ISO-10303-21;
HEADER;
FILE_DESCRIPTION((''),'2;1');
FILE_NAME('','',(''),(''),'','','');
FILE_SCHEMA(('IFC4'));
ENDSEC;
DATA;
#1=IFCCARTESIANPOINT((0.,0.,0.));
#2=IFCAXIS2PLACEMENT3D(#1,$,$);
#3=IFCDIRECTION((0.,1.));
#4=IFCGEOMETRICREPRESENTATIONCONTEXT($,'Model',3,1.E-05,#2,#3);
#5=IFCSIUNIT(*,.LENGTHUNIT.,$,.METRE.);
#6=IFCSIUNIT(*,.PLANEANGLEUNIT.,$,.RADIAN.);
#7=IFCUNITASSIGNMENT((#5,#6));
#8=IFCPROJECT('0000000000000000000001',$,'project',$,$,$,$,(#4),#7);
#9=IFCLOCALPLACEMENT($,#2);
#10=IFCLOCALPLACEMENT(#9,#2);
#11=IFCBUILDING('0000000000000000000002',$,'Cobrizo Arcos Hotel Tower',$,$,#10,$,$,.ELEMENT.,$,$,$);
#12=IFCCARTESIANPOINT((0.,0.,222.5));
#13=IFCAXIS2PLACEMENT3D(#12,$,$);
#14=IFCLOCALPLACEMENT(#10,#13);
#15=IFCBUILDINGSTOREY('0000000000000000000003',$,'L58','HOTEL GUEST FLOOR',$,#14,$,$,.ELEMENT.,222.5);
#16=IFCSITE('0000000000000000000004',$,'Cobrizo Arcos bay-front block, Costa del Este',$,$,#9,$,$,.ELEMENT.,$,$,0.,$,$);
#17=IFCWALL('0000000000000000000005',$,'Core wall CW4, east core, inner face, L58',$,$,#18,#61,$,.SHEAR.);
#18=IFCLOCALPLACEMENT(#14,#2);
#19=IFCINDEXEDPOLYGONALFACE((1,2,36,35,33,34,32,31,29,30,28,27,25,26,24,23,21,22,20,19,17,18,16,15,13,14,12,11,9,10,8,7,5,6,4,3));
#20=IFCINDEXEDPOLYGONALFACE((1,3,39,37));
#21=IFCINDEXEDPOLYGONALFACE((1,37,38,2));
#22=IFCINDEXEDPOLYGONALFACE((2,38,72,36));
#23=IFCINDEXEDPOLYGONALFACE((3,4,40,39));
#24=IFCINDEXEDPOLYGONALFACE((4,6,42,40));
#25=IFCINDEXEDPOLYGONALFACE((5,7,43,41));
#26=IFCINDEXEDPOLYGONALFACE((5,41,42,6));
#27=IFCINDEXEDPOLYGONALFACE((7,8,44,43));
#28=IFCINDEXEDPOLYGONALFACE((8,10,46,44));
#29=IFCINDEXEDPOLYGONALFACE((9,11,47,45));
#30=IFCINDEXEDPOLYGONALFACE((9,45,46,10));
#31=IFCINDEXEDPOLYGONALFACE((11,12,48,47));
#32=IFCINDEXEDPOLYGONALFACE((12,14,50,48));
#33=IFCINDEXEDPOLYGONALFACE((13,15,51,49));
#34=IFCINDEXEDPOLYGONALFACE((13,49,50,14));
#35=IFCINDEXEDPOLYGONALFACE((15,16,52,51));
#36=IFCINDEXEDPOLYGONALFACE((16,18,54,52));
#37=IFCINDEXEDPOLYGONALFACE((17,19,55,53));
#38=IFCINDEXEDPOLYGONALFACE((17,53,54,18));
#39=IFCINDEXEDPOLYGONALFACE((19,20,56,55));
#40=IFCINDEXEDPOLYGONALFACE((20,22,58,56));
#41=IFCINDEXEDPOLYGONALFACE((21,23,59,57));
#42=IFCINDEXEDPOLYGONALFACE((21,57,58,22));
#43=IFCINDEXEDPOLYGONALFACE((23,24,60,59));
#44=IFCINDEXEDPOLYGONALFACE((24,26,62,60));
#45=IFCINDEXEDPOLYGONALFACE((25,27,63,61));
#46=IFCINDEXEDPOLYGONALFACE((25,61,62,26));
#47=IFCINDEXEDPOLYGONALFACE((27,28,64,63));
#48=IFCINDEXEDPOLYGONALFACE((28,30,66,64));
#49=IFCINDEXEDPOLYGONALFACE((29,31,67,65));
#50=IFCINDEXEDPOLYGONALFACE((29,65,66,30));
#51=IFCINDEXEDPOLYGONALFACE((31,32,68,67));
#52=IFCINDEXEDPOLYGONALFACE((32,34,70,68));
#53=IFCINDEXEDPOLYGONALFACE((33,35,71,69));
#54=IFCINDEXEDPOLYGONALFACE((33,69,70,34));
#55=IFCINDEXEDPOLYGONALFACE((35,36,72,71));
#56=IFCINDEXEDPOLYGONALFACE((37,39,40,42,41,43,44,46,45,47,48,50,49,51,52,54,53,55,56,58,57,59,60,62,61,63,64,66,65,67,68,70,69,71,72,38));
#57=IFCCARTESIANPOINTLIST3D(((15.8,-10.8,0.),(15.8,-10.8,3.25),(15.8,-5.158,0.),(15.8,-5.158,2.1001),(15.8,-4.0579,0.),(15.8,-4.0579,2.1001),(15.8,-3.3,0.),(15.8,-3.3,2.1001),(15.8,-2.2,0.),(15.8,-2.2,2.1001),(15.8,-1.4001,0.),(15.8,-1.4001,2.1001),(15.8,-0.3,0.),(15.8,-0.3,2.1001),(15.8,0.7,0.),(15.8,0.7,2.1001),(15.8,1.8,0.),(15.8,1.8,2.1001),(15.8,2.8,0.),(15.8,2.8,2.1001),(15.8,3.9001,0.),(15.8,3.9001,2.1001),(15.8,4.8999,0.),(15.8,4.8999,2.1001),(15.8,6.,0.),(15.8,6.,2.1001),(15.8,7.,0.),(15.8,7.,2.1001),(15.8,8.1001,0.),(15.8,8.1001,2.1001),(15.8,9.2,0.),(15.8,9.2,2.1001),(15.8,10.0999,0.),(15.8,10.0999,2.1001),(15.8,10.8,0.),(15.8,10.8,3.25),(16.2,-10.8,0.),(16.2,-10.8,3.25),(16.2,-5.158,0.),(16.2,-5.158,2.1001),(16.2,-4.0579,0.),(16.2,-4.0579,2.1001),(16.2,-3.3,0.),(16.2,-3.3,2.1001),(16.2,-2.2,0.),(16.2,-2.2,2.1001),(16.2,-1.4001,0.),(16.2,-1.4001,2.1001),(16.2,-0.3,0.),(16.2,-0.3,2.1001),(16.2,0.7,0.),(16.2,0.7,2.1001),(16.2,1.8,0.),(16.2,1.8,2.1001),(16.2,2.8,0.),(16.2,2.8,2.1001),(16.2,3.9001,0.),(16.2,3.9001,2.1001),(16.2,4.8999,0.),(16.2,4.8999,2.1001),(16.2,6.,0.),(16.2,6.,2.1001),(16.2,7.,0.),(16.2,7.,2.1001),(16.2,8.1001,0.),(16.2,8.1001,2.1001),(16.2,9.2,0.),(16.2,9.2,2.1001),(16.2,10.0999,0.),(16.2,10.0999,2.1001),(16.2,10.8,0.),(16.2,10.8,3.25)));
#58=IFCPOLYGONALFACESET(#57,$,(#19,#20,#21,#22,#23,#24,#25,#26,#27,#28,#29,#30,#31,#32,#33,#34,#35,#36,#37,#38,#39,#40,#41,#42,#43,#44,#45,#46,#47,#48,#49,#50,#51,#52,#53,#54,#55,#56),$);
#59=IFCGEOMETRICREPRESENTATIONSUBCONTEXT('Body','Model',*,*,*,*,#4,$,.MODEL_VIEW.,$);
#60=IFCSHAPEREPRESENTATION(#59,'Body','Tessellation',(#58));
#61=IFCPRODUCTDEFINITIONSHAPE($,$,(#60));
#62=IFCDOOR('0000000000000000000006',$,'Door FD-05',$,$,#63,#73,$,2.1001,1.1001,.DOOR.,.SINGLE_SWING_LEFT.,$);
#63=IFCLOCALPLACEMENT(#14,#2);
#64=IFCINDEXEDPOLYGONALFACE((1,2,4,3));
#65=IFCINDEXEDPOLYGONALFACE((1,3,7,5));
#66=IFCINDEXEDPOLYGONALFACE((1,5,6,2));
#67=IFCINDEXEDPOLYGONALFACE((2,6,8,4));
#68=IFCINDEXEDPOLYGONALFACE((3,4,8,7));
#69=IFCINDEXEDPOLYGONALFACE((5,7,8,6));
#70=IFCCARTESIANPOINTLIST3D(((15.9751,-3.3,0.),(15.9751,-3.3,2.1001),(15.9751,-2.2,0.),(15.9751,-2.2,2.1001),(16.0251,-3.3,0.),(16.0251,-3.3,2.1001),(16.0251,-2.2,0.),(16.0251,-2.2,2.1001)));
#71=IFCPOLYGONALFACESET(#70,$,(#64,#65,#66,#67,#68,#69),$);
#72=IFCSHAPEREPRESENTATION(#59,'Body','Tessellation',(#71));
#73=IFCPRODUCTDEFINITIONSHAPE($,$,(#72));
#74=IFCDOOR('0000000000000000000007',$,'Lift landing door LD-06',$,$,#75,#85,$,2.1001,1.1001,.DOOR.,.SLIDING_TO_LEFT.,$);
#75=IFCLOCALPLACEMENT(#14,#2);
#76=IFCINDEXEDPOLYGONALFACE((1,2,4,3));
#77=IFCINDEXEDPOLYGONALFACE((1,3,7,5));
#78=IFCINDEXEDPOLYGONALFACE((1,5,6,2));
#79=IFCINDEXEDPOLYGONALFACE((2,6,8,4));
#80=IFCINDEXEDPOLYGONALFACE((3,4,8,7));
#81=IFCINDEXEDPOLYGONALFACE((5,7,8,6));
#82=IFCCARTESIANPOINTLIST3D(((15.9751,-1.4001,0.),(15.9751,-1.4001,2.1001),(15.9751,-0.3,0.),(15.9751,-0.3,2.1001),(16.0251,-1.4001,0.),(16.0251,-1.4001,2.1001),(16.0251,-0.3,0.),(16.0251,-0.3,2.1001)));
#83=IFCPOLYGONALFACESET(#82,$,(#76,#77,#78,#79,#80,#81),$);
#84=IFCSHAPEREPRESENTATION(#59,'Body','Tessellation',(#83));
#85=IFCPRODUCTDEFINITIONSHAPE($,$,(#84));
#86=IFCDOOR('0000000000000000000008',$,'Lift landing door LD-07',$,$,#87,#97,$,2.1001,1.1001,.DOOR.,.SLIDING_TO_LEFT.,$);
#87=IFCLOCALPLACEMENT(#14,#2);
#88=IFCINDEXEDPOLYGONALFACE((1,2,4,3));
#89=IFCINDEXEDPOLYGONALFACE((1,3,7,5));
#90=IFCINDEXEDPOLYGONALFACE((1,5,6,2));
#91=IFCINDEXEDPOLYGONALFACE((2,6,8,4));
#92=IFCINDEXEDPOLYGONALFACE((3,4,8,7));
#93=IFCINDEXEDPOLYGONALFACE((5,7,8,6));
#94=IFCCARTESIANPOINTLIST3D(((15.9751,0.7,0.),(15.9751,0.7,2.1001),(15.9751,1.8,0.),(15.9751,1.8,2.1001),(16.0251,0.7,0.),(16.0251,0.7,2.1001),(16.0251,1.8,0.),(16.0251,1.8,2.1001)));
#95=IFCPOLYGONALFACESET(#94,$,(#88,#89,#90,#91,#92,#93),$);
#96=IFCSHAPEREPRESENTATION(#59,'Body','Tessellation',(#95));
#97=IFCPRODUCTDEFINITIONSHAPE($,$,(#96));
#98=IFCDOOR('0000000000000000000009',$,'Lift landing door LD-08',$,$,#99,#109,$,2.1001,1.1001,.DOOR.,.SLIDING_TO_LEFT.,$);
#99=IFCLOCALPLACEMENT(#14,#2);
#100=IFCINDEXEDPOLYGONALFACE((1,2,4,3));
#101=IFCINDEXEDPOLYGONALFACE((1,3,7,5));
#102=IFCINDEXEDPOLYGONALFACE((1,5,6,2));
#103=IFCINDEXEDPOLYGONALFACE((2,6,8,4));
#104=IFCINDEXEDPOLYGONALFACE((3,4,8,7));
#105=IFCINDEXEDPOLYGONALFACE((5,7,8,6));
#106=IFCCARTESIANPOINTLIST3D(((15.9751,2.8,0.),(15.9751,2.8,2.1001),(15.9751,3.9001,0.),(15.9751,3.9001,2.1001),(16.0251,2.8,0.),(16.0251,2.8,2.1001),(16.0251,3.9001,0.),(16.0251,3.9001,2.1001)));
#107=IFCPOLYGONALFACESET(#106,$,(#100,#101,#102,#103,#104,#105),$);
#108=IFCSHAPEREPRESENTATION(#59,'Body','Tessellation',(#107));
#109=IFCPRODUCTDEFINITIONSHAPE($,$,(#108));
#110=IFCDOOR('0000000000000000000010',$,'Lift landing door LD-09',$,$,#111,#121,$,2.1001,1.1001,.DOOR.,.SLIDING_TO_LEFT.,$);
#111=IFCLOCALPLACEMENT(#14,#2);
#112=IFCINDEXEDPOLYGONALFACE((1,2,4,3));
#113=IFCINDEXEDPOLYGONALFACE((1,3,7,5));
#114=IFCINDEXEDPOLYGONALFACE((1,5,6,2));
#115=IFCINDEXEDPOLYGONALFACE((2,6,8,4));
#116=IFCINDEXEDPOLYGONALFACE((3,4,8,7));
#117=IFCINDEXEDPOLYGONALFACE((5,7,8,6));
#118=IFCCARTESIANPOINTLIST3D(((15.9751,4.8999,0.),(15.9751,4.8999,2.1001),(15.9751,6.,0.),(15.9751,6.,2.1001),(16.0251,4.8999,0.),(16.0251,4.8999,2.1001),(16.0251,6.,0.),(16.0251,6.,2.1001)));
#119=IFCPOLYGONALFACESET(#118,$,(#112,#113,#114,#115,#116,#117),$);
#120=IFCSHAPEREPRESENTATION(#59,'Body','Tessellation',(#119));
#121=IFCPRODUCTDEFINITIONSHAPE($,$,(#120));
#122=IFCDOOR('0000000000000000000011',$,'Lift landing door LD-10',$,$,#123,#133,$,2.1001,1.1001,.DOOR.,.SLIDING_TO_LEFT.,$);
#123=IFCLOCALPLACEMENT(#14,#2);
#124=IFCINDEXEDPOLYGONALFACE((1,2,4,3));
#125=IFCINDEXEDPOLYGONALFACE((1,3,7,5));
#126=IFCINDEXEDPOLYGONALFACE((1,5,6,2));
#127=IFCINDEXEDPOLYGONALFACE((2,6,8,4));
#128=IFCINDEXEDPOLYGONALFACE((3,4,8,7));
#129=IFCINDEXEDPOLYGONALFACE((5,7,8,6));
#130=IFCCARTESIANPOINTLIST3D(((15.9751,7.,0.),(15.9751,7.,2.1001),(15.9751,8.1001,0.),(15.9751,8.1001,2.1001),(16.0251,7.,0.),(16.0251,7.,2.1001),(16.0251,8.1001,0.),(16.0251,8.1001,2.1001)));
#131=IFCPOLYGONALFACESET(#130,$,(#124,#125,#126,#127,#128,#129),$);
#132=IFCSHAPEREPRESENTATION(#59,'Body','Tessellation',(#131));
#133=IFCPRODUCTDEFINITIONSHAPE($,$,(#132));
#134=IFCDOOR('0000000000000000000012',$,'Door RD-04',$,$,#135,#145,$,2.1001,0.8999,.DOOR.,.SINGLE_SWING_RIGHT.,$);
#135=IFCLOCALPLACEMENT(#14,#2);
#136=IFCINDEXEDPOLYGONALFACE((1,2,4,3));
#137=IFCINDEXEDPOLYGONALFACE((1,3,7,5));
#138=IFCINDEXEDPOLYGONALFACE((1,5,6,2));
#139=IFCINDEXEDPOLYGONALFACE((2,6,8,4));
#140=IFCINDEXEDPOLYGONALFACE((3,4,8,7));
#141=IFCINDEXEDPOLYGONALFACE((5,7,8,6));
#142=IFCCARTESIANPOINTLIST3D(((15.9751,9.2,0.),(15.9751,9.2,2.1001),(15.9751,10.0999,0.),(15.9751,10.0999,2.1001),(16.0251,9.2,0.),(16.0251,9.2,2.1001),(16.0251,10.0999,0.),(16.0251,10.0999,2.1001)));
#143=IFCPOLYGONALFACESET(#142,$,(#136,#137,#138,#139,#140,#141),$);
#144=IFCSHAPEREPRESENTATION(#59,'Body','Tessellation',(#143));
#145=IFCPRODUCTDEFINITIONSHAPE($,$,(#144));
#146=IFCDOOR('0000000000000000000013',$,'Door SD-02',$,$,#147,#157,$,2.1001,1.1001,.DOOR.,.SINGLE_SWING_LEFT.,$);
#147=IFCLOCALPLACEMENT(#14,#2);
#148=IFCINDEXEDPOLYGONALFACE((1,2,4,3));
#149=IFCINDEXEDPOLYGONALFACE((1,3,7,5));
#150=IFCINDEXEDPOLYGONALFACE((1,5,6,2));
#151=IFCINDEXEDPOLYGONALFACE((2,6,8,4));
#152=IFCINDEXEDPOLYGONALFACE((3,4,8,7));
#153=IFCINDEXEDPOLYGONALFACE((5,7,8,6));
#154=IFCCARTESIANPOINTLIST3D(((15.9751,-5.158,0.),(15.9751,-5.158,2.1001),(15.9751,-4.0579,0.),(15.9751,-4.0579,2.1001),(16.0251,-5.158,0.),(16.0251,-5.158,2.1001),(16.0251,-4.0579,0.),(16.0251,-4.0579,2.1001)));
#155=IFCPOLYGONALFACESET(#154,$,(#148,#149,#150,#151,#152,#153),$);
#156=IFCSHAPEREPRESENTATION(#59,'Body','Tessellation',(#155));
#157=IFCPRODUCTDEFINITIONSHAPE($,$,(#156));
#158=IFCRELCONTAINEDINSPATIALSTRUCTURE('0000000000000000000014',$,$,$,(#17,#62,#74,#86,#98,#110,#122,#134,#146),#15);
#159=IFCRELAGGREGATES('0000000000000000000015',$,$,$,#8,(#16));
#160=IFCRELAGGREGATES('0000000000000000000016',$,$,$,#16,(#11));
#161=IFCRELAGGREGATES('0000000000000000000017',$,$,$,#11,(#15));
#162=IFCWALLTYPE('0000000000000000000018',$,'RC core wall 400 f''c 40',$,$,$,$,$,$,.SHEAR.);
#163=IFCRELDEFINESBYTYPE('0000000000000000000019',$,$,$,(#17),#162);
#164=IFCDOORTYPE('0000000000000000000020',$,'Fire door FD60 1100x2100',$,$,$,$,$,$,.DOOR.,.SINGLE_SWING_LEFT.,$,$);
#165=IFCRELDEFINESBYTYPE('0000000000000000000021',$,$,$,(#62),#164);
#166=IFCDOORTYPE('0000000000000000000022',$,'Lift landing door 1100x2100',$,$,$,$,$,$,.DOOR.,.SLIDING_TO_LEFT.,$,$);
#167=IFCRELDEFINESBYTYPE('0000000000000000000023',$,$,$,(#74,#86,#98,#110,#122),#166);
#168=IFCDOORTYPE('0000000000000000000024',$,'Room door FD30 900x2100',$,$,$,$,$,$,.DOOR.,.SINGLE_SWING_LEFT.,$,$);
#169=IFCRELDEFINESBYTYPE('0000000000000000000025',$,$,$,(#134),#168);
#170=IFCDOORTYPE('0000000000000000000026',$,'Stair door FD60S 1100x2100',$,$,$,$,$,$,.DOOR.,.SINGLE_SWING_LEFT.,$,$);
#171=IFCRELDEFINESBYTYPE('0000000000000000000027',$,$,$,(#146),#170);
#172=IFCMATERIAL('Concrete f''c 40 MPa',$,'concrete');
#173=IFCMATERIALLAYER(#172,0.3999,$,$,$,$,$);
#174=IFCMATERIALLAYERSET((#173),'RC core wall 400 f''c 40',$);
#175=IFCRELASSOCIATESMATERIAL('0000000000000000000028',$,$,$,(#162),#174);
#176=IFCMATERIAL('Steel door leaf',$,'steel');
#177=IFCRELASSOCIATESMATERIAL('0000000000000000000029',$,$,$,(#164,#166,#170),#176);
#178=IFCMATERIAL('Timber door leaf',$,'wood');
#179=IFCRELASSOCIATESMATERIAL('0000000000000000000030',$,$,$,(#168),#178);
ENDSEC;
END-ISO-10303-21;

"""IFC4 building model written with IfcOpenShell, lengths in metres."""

from ifc_helpers import new_model, si_unit, direction, frame, frame_2d, origin, place, context, subcontext, project, spatial, rectangle, extrude, material, layer, layer_set, type_object, element, fill, save


model = new_model("IFC4")

# Units and contexts
model_context = context("Model", 3, precision=1e-05, world=origin(), true_north=direction((0.0, 1.0)))
body_context = subcontext(model_context, "Body", "Model", "MODEL_VIEW")
ifc_project = project(units=[si_unit("LENGTHUNIT", "METRE"), si_unit("PLANEANGLEUNIT", "RADIAN")], contexts=[model_context])

# Site, building, storey
site_placement = place(None, origin())
site = spatial("IfcSite", under=ifc_project, at=site_placement, Name="Cobrizo Arcos bay-front block, Costa del Este", CompositionType="ELEMENT", RefElevation=0.0)
building_placement = place(site_placement, origin())
building = spatial("IfcBuilding", under=site, at=building_placement, Name="Cobrizo Arcos Hotel Tower", CompositionType="ELEMENT")
storey_placement = place(building_placement, frame((0.0, 0.0, 222.5)))
storey = spatial("IfcBuildingStorey", under=building, at=storey_placement, Name="L58", Description="HOTEL GUEST FLOOR", CompositionType="ELEMENT", Elevation=222.5)

# Wall, openings, doors
ifc_material_1 = material(Name="Concrete f'c 40 MPa", Category="concrete")
ifc_layer_1 = layer(ifc_material_1, 0.3999)
ifc_layer_set_1 = layer_set([ifc_layer_1], Name="RC core wall 400 f'c 40")
wall_type_1 = type_object("IfcWallType", Name="RC core wall 400 f'c 40", PredefinedType="SHEAR", material=ifc_layer_set_1)
wall_1_placement = place(storey_placement, frame((16.0, -10.8, 0.0), z_axis=(0.0, 0.0, 1.0), x_axis=(0.0, 1.0, 0.0)))
wall_1 = element("IfcWall", 1, at=wall_1_placement, inside=storey, type_object=wall_type_1, Name="Core wall CW4, east core, inner face, L58", PredefinedType="SHEAR", context=body_context, shape_type="SweptSolid", body=[
    extrude(rectangle(XDim=21.6001, YDim=0.3999, at=frame_2d((10.8, 0.0))), origin(), (0.0, 0.0, 1.0), 3.25),
])
opening_1_placement = place(wall_1_placement, frame((9.3999, 0.0, 0.0)))
opening_1 = element("IfcOpeningElement", 2, at=opening_1_placement, cuts=wall_1, PredefinedType="OPENING", context=body_context, shape_type="SweptSolid", body=[
    extrude(rectangle(XDim=1.1001, YDim=2.1001, at=frame_2d((0.55, 1.05))), frame((0.0, 0.2119, 0.0), z_axis=(0.0, -1.0, 0.0), x_axis=(1.0, 0.0, 0.0)), (0.0, 0.0, 1.0), 0.4238),
])
opening_2_placement = place(wall_1_placement, frame((11.5, 0.0, 0.0)))
opening_2 = element("IfcOpeningElement", 3, at=opening_2_placement, cuts=wall_1, PredefinedType="OPENING", context=body_context, shape_type="SweptSolid", body=[
    extrude(rectangle(XDim=1.1001, YDim=2.1001, at=frame_2d((0.55, 1.05))), frame((0.0, 0.2119, 0.0), z_axis=(0.0, -1.0, 0.0), x_axis=(1.0, 0.0, 0.0)), (0.0, 0.0, 1.0), 0.4238),
])
opening_3_placement = place(wall_1_placement, frame((13.6001, 0.0, 0.0)))
opening_3 = element("IfcOpeningElement", 4, at=opening_3_placement, cuts=wall_1, PredefinedType="OPENING", context=body_context, shape_type="SweptSolid", body=[
    extrude(rectangle(XDim=1.1001, YDim=2.1001, at=frame_2d((0.55, 1.05))), frame((0.0, 0.2119, 0.0), z_axis=(0.0, -1.0, 0.0), x_axis=(1.0, 0.0, 0.0)), (0.0, 0.0, 1.0), 0.4238),
])
opening_4_placement = place(wall_1_placement, frame((15.7, 0.0, 0.0)))
opening_4 = element("IfcOpeningElement", 5, at=opening_4_placement, cuts=wall_1, PredefinedType="OPENING", context=body_context, shape_type="SweptSolid", body=[
    extrude(rectangle(XDim=1.1001, YDim=2.1001, at=frame_2d((0.55, 1.05))), frame((0.0, 0.2119, 0.0), z_axis=(0.0, -1.0, 0.0), x_axis=(1.0, 0.0, 0.0)), (0.0, 0.0, 1.0), 0.4238),
])
opening_5_placement = place(wall_1_placement, frame((17.8, 0.0, 0.0)))
opening_5 = element("IfcOpeningElement", 6, at=opening_5_placement, cuts=wall_1, PredefinedType="OPENING", context=body_context, shape_type="SweptSolid", body=[
    extrude(rectangle(XDim=1.1001, YDim=2.1001, at=frame_2d((0.55, 1.05))), frame((0.0, 0.2119, 0.0), z_axis=(0.0, -1.0, 0.0), x_axis=(1.0, 0.0, 0.0)), (0.0, 0.0, 1.0), 0.4238),
])
opening_6_placement = place(wall_1_placement, frame((5.6421, 0.0, 0.0)))
opening_6 = element("IfcOpeningElement", 7, at=opening_6_placement, cuts=wall_1, PredefinedType="OPENING", context=body_context, shape_type="SweptSolid", body=[
    extrude(rectangle(XDim=1.1001, YDim=2.1001, at=frame_2d((0.55, 1.05))), frame((0.0, 0.2119, 0.0), z_axis=(0.0, -1.0, 0.0), x_axis=(1.0, 0.0, 0.0)), (0.0, 0.0, 1.0), 0.4238),
])
opening_7_placement = place(wall_1_placement, frame((7.5, 0.0, 0.0)))
opening_7 = element("IfcOpeningElement", 8, at=opening_7_placement, cuts=wall_1, PredefinedType="OPENING", context=body_context, shape_type="SweptSolid", body=[
    extrude(rectangle(XDim=1.1001, YDim=2.1001, at=frame_2d((0.55, 1.05))), frame((0.0, 0.2119, 0.0), z_axis=(0.0, -1.0, 0.0), x_axis=(1.0, 0.0, 0.0)), (0.0, 0.0, 1.0), 0.4238),
])
opening_8_placement = place(wall_1_placement, frame((20.0, 0.0, 0.0)))
opening_8 = element("IfcOpeningElement", 9, at=opening_8_placement, cuts=wall_1, PredefinedType="OPENING", context=body_context, shape_type="SweptSolid", body=[
    extrude(rectangle(XDim=0.8999, YDim=2.1001, at=frame_2d((0.45, 1.05))), frame((0.0, 0.2119, 0.0), z_axis=(0.0, -1.0, 0.0), x_axis=(1.0, 0.0, 0.0)), (0.0, 0.0, 1.0), 0.4238),
])
ifc_material_2 = material(Name="Steel door leaf", Category="steel")
door_type_1 = type_object("IfcDoorType", Name="Fire door FD60 1100x2100", OperationType="SINGLE_SWING_LEFT", PredefinedType="DOOR", material=ifc_material_2)
door_1_placement = place(opening_7_placement, origin())
door_1 = element("IfcDoor", 10, at=door_1_placement, inside=storey, type_object=door_type_1, Name="Door FD-05", OperationType="SINGLE_SWING_LEFT", OverallHeight=2.1001, OverallWidth=1.1001, PredefinedType="DOOR", context=body_context, shape_type="SweptSolid", body=[
    extrude(rectangle(XDim=1.1001, YDim=2.1001, at=frame_2d((0.55, 1.05))), frame((0.0, 0.0249, 0.0), z_axis=(0.0, -1.0, 0.0), x_axis=(1.0, 0.0, 0.0)), (0.0, 0.0, 1.0), 0.05),
])
fill(opening_7, door_1)
door_type_2 = type_object("IfcDoorType", Name="Lift landing door 1100x2100", OperationType="SLIDING_TO_LEFT", PredefinedType="DOOR", material=ifc_material_2)
door_2_placement = place(opening_1_placement, origin())
door_2 = element("IfcDoor", 11, at=door_2_placement, inside=storey, type_object=door_type_2, Name="Lift landing door LD-06", OperationType="SLIDING_TO_LEFT", OverallHeight=2.1001, OverallWidth=1.1001, PredefinedType="DOOR", context=body_context, shape_type="SweptSolid", body=[
    extrude(rectangle(XDim=1.1001, YDim=2.1001, at=frame_2d((0.55, 1.05))), frame((0.0, 0.0249, 0.0), z_axis=(0.0, -1.0, 0.0), x_axis=(1.0, 0.0, 0.0)), (0.0, 0.0, 1.0), 0.05),
])
fill(opening_1, door_2)
door_3_placement = place(opening_2_placement, origin())
door_3 = element("IfcDoor", 12, at=door_3_placement, inside=storey, type_object=door_type_2, Name="Lift landing door LD-07", OperationType="SLIDING_TO_LEFT", OverallHeight=2.1001, OverallWidth=1.1001, PredefinedType="DOOR", context=body_context, shape_type="SweptSolid", body=[
    extrude(rectangle(XDim=1.1001, YDim=2.1001, at=frame_2d((0.55, 1.05))), frame((0.0, 0.0249, 0.0), z_axis=(0.0, -1.0, 0.0), x_axis=(1.0, 0.0, 0.0)), (0.0, 0.0, 1.0), 0.05),
])
fill(opening_2, door_3)
door_4_placement = place(opening_3_placement, origin())
door_4 = element("IfcDoor", 13, at=door_4_placement, inside=storey, type_object=door_type_2, Name="Lift landing door LD-08", OperationType="SLIDING_TO_LEFT", OverallHeight=2.1001, OverallWidth=1.1001, PredefinedType="DOOR", context=body_context, shape_type="SweptSolid", body=[
    extrude(rectangle(XDim=1.1001, YDim=2.1001, at=frame_2d((0.55, 1.05))), frame((0.0, 0.0249, 0.0), z_axis=(0.0, -1.0, 0.0), x_axis=(1.0, 0.0, 0.0)), (0.0, 0.0, 1.0), 0.05),
])
fill(opening_3, door_4)
door_5_placement = place(opening_4_placement, origin())
door_5 = element("IfcDoor", 14, at=door_5_placement, inside=storey, type_object=door_type_2, Name="Lift landing door LD-09", OperationType="SLIDING_TO_LEFT", OverallHeight=2.1001, OverallWidth=1.1001, PredefinedType="DOOR", context=body_context, shape_type="SweptSolid", body=[
    extrude(rectangle(XDim=1.1001, YDim=2.1001, at=frame_2d((0.55, 1.05))), frame((0.0, 0.0249, 0.0), z_axis=(0.0, -1.0, 0.0), x_axis=(1.0, 0.0, 0.0)), (0.0, 0.0, 1.0), 0.05),
])
fill(opening_4, door_5)
door_6_placement = place(opening_5_placement, origin())
door_6 = element("IfcDoor", 15, at=door_6_placement, inside=storey, type_object=door_type_2, Name="Lift landing door LD-10", OperationType="SLIDING_TO_LEFT", OverallHeight=2.1001, OverallWidth=1.1001, PredefinedType="DOOR", context=body_context, shape_type="SweptSolid", body=[
    extrude(rectangle(XDim=1.1001, YDim=2.1001, at=frame_2d((0.55, 1.05))), frame((0.0, 0.0249, 0.0), z_axis=(0.0, -1.0, 0.0), x_axis=(1.0, 0.0, 0.0)), (0.0, 0.0, 1.0), 0.05),
])
fill(opening_5, door_6)
ifc_material_3 = material(Name="Timber door leaf", Category="wood")
door_type_3 = type_object("IfcDoorType", Name="Room door FD30 900x2100", OperationType="SINGLE_SWING_LEFT", PredefinedType="DOOR", material=ifc_material_3)
door_7_placement = place(opening_8_placement, origin())
door_7 = element("IfcDoor", 16, at=door_7_placement, inside=storey, type_object=door_type_3, Name="Door RD-04", OperationType="SINGLE_SWING_RIGHT", OverallHeight=2.1001, OverallWidth=0.8999, PredefinedType="DOOR", context=body_context, shape_type="SweptSolid", body=[
    extrude(rectangle(XDim=0.8999, YDim=2.1001, at=frame_2d((0.45, 1.05))), frame((0.0, 0.0249, 0.0), z_axis=(0.0, -1.0, 0.0), x_axis=(1.0, 0.0, 0.0)), (0.0, 0.0, 1.0), 0.05),
])
fill(opening_8, door_7)
door_type_4 = type_object("IfcDoorType", Name="Stair door FD60S 1100x2100", OperationType="SINGLE_SWING_LEFT", PredefinedType="DOOR", material=ifc_material_2)
door_8_placement = place(opening_6_placement, origin())
door_8 = element("IfcDoor", 17, at=door_8_placement, inside=storey, type_object=door_type_4, Name="Door SD-02", OperationType="SINGLE_SWING_LEFT", OverallHeight=2.1001, OverallWidth=1.1001, PredefinedType="DOOR", context=body_context, shape_type="SweptSolid", body=[
    extrude(rectangle(XDim=1.1001, YDim=2.1001, at=frame_2d((0.55, 1.05))), frame((0.0, 0.0249, 0.0), z_axis=(0.0, -1.0, 0.0), x_axis=(1.0, 0.0, 0.0)), (0.0, 0.0, 1.0), 0.05),
])
fill(opening_6, door_8)

save(model, "model.ifc")
